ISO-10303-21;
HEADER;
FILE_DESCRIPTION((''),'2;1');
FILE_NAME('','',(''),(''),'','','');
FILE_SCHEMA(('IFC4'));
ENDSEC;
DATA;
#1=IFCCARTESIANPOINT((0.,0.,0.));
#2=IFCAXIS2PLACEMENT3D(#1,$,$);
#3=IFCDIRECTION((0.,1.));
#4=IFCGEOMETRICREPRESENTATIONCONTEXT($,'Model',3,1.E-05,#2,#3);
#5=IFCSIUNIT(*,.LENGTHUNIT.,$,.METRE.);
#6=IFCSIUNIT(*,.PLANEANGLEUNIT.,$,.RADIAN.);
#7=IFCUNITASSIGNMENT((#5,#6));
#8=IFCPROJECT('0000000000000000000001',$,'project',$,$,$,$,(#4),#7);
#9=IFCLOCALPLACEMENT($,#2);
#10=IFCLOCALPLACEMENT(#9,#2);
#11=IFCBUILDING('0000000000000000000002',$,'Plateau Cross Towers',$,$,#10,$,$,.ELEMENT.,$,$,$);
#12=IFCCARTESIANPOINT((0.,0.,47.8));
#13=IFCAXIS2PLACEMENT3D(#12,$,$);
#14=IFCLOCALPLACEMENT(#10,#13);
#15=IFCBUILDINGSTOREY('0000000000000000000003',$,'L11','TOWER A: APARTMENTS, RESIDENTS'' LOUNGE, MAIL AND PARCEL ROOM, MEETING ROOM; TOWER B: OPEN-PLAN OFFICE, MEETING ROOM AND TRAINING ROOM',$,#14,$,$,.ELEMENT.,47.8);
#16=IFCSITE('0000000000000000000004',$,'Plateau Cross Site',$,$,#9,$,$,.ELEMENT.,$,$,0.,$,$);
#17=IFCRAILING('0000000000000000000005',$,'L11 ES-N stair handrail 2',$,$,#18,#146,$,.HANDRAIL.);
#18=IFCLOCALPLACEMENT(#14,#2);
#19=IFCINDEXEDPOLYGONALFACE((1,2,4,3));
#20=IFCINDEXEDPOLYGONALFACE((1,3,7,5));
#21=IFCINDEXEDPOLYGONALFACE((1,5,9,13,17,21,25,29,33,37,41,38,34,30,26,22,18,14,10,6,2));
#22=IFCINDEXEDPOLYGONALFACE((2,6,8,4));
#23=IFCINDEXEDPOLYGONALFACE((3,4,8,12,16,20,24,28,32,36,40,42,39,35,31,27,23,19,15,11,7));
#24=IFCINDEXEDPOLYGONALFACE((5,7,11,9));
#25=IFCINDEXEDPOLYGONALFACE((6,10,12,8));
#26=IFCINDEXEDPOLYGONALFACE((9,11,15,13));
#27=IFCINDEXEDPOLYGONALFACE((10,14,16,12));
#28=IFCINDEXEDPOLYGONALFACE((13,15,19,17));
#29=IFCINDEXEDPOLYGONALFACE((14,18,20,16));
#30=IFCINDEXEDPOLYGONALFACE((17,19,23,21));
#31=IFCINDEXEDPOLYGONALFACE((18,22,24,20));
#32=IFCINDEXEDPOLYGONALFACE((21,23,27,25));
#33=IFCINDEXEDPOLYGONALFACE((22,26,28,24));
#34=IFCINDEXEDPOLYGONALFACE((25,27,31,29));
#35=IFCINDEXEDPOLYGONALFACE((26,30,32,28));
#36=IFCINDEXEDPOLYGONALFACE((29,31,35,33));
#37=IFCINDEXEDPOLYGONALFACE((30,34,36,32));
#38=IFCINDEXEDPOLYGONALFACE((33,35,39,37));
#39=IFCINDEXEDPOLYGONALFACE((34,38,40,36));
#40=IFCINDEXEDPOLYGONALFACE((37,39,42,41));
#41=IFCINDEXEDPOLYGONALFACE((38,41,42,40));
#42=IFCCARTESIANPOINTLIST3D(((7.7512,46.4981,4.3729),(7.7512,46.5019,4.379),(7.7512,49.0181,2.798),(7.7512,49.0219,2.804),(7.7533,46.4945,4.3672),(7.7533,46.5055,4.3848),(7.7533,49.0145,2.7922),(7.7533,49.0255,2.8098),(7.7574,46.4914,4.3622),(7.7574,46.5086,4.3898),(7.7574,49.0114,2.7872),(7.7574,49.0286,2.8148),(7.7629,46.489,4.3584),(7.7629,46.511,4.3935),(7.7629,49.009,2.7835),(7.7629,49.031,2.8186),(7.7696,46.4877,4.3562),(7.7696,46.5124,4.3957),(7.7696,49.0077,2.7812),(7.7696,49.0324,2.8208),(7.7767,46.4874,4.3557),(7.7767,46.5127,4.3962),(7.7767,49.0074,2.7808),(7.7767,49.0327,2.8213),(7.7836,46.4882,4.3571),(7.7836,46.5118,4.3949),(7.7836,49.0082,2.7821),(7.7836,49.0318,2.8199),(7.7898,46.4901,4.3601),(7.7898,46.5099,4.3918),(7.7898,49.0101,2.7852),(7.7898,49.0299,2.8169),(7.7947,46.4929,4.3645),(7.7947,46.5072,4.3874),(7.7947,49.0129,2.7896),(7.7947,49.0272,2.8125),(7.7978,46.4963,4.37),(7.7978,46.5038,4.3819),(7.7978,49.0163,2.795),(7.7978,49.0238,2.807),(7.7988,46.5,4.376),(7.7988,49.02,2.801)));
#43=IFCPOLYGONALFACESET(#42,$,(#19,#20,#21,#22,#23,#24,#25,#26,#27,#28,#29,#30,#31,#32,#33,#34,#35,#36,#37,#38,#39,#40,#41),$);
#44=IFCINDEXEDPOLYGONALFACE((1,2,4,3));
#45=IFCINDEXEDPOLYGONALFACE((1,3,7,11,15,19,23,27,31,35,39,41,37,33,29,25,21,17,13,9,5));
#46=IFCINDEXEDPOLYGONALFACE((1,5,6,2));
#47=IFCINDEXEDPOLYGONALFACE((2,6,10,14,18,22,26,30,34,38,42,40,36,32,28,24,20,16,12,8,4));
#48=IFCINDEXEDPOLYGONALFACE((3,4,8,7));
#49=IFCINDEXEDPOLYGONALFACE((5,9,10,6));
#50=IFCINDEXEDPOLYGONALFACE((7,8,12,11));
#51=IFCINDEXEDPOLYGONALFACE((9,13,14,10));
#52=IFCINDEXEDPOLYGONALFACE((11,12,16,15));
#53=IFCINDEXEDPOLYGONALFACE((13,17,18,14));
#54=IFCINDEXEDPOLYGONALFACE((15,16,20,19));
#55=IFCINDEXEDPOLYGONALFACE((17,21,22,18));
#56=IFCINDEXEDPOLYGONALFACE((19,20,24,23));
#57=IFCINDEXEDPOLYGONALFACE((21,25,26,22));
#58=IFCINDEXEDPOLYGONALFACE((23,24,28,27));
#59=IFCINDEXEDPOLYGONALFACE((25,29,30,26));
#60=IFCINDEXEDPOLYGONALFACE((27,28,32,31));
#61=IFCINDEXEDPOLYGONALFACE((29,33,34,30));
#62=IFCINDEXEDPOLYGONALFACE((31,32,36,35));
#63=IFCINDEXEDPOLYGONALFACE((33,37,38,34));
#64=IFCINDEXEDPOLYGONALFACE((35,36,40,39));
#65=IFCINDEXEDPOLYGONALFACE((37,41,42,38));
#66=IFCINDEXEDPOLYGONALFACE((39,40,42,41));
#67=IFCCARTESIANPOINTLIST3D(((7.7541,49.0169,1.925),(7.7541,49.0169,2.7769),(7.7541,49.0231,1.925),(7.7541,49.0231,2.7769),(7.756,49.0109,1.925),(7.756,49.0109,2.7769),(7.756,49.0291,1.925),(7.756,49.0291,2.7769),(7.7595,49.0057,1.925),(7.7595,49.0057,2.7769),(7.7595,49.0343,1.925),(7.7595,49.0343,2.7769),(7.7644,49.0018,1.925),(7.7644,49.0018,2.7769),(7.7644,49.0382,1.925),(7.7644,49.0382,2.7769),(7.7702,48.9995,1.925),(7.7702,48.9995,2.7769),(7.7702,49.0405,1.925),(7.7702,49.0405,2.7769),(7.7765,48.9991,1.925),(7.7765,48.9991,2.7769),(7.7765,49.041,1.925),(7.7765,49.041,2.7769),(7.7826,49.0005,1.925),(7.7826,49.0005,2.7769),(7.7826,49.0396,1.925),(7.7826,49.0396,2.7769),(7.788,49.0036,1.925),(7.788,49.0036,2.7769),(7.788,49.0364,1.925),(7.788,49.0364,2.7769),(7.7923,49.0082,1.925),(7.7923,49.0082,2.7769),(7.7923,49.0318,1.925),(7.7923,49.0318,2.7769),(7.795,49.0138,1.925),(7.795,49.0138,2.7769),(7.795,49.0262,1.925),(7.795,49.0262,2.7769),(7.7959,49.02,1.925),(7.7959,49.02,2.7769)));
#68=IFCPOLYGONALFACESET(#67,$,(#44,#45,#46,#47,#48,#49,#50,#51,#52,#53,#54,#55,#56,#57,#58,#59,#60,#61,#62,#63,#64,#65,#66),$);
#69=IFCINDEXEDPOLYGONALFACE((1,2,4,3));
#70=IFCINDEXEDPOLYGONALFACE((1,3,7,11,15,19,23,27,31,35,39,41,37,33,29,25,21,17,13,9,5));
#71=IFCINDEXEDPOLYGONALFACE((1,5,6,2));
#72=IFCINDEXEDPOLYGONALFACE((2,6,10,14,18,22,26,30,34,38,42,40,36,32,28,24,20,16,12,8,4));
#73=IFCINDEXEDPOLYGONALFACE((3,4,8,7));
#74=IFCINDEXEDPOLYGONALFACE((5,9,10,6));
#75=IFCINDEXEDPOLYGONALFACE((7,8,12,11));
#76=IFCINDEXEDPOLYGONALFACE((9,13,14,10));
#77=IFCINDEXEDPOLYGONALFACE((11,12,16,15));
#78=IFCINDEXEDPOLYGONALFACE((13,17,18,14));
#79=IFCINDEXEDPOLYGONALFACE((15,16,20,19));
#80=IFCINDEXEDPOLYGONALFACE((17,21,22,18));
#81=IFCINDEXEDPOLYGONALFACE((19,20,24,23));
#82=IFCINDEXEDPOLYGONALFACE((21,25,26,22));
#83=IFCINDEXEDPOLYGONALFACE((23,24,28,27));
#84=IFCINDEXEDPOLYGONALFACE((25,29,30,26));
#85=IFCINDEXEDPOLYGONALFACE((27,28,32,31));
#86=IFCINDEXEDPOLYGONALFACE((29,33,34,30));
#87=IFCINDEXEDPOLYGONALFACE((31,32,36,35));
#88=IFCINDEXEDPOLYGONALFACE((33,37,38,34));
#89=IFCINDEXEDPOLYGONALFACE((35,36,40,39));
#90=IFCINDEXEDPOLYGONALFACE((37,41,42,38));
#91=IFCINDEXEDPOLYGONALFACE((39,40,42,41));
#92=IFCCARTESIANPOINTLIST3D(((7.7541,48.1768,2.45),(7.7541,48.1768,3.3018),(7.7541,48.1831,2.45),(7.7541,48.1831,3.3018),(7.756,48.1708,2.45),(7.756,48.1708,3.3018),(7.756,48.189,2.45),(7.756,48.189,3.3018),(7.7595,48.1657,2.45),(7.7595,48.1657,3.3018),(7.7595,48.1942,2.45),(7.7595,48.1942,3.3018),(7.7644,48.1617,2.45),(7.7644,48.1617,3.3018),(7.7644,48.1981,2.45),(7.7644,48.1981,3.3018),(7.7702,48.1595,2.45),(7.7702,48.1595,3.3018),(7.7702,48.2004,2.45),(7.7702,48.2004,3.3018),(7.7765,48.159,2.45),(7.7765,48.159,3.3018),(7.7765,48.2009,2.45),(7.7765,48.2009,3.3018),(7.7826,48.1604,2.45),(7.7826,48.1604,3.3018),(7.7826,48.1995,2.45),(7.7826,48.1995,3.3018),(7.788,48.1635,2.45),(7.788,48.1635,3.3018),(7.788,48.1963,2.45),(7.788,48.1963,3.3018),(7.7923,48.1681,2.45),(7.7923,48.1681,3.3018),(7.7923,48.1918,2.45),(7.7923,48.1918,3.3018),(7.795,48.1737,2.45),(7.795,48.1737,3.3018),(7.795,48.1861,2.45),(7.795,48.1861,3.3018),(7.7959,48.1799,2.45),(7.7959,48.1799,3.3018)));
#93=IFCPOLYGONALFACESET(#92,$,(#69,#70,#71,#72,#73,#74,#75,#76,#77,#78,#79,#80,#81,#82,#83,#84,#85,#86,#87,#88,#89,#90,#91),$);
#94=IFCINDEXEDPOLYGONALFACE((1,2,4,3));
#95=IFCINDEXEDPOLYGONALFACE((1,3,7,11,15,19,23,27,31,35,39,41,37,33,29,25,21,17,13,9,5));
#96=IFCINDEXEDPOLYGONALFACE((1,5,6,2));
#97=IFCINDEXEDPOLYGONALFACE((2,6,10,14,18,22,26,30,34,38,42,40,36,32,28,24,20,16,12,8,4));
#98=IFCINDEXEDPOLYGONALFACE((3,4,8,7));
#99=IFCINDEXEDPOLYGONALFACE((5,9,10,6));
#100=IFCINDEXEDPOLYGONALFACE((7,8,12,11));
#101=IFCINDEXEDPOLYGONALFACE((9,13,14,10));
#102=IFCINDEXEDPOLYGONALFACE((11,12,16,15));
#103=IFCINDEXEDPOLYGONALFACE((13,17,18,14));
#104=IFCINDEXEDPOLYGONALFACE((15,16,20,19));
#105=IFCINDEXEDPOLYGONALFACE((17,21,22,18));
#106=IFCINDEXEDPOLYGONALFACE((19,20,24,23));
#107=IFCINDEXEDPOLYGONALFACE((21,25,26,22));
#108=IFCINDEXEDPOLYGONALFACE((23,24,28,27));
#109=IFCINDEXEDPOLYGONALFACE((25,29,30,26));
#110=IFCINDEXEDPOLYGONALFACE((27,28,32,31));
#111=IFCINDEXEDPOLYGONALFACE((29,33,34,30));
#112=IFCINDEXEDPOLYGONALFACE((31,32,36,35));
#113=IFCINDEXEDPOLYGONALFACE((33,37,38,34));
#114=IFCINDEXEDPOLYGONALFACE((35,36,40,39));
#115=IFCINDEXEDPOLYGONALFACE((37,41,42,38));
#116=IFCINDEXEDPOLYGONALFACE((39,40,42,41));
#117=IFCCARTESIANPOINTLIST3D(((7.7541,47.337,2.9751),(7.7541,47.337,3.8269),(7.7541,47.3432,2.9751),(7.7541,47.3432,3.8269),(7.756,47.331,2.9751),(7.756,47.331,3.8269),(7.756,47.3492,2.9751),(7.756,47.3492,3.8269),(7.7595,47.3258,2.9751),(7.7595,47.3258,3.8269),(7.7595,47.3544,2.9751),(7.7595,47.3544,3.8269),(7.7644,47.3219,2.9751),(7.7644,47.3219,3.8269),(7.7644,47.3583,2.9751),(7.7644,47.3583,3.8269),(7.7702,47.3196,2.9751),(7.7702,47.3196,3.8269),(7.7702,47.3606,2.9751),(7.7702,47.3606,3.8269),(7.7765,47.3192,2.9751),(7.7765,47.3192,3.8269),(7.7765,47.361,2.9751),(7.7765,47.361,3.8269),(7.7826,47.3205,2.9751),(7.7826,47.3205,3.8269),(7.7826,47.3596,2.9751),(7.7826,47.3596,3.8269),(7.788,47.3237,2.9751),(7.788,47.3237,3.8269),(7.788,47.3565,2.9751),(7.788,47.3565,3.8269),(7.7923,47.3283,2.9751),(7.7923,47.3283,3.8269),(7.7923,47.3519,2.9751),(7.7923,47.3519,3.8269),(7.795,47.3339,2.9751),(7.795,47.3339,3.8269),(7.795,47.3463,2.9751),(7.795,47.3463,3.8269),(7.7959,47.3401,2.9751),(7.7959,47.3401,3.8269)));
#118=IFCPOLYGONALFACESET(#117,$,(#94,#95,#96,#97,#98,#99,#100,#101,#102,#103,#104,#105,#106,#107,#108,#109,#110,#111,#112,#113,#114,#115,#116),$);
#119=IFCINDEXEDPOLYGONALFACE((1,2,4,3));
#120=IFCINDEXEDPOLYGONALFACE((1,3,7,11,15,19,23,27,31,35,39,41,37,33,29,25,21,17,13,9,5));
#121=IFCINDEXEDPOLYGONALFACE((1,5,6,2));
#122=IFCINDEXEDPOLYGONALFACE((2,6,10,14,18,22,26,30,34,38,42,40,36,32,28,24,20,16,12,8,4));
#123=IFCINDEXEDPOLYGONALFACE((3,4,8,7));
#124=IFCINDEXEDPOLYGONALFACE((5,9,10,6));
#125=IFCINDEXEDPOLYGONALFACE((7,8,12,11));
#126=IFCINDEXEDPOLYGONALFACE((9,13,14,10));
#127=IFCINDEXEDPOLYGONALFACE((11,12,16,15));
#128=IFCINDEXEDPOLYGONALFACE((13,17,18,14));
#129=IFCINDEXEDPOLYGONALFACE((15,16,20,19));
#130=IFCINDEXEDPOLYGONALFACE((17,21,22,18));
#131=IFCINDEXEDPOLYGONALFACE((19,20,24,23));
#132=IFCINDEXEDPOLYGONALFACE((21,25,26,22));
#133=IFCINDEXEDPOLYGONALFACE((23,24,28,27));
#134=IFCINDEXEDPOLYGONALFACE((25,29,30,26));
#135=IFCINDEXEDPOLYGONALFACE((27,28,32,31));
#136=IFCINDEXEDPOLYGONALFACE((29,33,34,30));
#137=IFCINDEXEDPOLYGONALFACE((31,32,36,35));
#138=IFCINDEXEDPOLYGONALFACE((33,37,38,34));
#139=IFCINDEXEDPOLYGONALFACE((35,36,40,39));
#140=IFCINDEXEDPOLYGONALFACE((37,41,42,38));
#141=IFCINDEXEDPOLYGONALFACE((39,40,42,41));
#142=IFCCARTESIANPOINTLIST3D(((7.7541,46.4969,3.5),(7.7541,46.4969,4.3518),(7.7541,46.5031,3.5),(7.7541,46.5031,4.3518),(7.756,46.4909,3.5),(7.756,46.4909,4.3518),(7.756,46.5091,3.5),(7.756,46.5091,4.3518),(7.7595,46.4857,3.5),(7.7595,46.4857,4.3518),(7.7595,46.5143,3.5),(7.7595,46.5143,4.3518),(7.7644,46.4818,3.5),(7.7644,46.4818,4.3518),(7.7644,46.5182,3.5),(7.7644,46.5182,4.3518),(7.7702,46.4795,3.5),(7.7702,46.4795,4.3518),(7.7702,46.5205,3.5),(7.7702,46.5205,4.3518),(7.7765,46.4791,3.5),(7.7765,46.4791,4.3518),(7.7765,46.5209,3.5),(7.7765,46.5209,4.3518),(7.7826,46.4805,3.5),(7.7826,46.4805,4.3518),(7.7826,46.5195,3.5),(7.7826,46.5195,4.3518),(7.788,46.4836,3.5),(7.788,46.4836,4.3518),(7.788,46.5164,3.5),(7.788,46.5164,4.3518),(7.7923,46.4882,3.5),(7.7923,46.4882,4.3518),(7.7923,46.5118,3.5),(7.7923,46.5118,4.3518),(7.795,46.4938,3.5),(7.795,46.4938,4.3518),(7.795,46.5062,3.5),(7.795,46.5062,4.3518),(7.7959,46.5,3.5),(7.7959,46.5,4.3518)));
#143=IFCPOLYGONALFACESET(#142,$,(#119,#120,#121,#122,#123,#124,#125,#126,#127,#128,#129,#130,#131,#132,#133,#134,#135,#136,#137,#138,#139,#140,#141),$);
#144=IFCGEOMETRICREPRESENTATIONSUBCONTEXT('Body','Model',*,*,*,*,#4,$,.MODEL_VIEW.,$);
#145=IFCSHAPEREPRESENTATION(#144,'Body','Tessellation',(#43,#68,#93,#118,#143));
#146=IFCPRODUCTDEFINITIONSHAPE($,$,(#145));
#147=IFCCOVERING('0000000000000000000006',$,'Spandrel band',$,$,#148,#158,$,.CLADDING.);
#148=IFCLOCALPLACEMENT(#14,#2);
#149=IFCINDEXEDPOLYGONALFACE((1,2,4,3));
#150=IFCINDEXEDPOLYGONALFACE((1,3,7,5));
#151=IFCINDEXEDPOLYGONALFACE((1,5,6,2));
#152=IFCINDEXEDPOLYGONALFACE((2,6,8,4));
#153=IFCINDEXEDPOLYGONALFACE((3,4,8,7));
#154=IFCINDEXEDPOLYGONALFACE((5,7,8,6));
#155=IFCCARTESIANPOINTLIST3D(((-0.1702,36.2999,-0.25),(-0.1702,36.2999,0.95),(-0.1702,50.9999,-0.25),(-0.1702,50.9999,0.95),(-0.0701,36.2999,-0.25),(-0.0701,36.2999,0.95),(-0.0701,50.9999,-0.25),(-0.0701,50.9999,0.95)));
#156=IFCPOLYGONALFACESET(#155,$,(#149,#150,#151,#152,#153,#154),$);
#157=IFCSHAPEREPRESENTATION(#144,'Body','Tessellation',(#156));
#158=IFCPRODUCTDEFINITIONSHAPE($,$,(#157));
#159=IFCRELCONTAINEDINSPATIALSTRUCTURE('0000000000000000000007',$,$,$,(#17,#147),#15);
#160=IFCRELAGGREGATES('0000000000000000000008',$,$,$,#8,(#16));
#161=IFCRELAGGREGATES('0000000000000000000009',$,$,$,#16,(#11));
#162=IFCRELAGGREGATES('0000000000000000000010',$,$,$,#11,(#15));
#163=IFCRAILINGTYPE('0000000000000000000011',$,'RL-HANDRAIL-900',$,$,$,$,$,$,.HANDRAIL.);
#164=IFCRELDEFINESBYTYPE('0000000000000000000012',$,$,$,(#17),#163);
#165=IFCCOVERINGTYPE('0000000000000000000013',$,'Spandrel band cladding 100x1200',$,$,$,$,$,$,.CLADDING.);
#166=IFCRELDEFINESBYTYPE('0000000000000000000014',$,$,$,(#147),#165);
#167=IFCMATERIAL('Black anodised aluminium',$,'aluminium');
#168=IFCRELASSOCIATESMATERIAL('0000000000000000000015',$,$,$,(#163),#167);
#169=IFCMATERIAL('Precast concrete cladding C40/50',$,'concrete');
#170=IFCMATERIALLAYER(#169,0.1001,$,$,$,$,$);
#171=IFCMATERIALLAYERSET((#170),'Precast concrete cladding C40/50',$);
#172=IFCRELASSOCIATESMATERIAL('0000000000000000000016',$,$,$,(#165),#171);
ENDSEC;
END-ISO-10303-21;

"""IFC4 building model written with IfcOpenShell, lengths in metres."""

from ifc_helpers import new_model, si_unit, direction, frame, origin, origin_2d, place, context, subcontext, project, spatial, rectangle, circle, extrude, material, layer, layer_set, type_object, element, save


model = new_model("IFC4")

# Units and contexts
model_context = context("Model", 3, precision=1e-05, world=origin(), true_north=direction((0.0, 1.0)))
body_context = subcontext(model_context, "Body", "Model", "MODEL_VIEW")
ifc_project = project(units=[si_unit("LENGTHUNIT", "METRE"), si_unit("PLANEANGLEUNIT", "RADIAN")], contexts=[model_context])

# Site, building, storey
site_placement = place(None, origin())
site = spatial("IfcSite", under=ifc_project, at=site_placement, Name="Plateau Cross Site", CompositionType="ELEMENT", RefElevation=0.0)
building_placement = place(site_placement, origin())
building = spatial("IfcBuilding", under=site, at=building_placement, Name="Plateau Cross Towers", CompositionType="ELEMENT")
storey_placement = place(building_placement, frame((0.0, 0.0, 47.8)))
storey = spatial("IfcBuildingStorey", under=building, at=storey_placement, Name="L11", Description="TOWER A: APARTMENTS, RESIDENTS' LOUNGE, MAIL AND PARCEL ROOM, MEETING ROOM; TOWER B: OPEN-PLAN OFFICE, MEETING ROOM AND TRAINING ROOM", CompositionType="ELEMENT", Elevation=47.8)

# Shared definitions
ifc_material_1 = material(Name="Black anodised aluminium", Category="aluminium")

# Railing
railing_type_1 = type_object("IfcRailingType", Name="RL-HANDRAIL-900", PredefinedType="HANDRAIL", material=ifc_material_1)
railing_1_placement = place(storey_placement, frame((7.7749, 49.02, 1.925)))
element("IfcRailing", 1, at=railing_1_placement, inside=storey, type_object=railing_type_1, Name="L11 ES-N stair handrail 2", PredefinedType="HANDRAIL", context=body_context, shape_type="SweptSolid", body=[
    extrude(circle(Radius=0.0239, at=origin_2d()), frame((0.0, 0.0, 0.876), z_axis=(0.0, -0.848008, 0.529984), x_axis=(1.0, 0.0, 0.0)), (0.0, 0.0, 1.0), 2.9717),
    extrude(circle(Radius=0.021, at=origin_2d()), origin(), (0.0, 0.0, 1.0), 0.8518),
    extrude(circle(Radius=0.021, at=origin_2d()), frame((0.0, -0.8401, 0.5249)), (0.0, 0.0, 1.0), 0.8518),
    extrude(circle(Radius=0.021, at=origin_2d()), frame((0.0, -1.6799, 1.05)), (0.0, 0.0, 1.0), 0.8518),
    extrude(circle(Radius=0.021, at=origin_2d()), frame((0.0, -2.52, 1.575)), (0.0, 0.0, 1.0), 0.8518),
])

# Covering
ifc_material_2 = material(Name="Precast concrete cladding C40/50", Category="concrete")
ifc_layer_1 = layer(ifc_material_2, 0.1001)
ifc_layer_set_1 = layer_set([ifc_layer_1], Name="Precast concrete cladding C40/50")
covering_type = type_object("IfcCoveringType", Name="Spandrel band cladding 100x1200", PredefinedType="CLADDING", material=ifc_layer_set_1)
covering_placement = place(storey_placement, frame((-0.1201, 43.6499, -0.25), z_axis=(0.0, 0.0, 1.0), x_axis=(0.0, -1.0, 0.0)))
element("IfcCovering", 2, at=covering_placement, inside=storey, type_object=covering_type, Name="Spandrel band", PredefinedType="CLADDING", context=body_context, shape_type="SweptSolid", body=[
    extrude(rectangle(XDim=14.7, YDim=0.1001, at=origin_2d()), origin(), (0.0, 0.0, 1.0), 1.2),
])

save(model, "model.ifc")
